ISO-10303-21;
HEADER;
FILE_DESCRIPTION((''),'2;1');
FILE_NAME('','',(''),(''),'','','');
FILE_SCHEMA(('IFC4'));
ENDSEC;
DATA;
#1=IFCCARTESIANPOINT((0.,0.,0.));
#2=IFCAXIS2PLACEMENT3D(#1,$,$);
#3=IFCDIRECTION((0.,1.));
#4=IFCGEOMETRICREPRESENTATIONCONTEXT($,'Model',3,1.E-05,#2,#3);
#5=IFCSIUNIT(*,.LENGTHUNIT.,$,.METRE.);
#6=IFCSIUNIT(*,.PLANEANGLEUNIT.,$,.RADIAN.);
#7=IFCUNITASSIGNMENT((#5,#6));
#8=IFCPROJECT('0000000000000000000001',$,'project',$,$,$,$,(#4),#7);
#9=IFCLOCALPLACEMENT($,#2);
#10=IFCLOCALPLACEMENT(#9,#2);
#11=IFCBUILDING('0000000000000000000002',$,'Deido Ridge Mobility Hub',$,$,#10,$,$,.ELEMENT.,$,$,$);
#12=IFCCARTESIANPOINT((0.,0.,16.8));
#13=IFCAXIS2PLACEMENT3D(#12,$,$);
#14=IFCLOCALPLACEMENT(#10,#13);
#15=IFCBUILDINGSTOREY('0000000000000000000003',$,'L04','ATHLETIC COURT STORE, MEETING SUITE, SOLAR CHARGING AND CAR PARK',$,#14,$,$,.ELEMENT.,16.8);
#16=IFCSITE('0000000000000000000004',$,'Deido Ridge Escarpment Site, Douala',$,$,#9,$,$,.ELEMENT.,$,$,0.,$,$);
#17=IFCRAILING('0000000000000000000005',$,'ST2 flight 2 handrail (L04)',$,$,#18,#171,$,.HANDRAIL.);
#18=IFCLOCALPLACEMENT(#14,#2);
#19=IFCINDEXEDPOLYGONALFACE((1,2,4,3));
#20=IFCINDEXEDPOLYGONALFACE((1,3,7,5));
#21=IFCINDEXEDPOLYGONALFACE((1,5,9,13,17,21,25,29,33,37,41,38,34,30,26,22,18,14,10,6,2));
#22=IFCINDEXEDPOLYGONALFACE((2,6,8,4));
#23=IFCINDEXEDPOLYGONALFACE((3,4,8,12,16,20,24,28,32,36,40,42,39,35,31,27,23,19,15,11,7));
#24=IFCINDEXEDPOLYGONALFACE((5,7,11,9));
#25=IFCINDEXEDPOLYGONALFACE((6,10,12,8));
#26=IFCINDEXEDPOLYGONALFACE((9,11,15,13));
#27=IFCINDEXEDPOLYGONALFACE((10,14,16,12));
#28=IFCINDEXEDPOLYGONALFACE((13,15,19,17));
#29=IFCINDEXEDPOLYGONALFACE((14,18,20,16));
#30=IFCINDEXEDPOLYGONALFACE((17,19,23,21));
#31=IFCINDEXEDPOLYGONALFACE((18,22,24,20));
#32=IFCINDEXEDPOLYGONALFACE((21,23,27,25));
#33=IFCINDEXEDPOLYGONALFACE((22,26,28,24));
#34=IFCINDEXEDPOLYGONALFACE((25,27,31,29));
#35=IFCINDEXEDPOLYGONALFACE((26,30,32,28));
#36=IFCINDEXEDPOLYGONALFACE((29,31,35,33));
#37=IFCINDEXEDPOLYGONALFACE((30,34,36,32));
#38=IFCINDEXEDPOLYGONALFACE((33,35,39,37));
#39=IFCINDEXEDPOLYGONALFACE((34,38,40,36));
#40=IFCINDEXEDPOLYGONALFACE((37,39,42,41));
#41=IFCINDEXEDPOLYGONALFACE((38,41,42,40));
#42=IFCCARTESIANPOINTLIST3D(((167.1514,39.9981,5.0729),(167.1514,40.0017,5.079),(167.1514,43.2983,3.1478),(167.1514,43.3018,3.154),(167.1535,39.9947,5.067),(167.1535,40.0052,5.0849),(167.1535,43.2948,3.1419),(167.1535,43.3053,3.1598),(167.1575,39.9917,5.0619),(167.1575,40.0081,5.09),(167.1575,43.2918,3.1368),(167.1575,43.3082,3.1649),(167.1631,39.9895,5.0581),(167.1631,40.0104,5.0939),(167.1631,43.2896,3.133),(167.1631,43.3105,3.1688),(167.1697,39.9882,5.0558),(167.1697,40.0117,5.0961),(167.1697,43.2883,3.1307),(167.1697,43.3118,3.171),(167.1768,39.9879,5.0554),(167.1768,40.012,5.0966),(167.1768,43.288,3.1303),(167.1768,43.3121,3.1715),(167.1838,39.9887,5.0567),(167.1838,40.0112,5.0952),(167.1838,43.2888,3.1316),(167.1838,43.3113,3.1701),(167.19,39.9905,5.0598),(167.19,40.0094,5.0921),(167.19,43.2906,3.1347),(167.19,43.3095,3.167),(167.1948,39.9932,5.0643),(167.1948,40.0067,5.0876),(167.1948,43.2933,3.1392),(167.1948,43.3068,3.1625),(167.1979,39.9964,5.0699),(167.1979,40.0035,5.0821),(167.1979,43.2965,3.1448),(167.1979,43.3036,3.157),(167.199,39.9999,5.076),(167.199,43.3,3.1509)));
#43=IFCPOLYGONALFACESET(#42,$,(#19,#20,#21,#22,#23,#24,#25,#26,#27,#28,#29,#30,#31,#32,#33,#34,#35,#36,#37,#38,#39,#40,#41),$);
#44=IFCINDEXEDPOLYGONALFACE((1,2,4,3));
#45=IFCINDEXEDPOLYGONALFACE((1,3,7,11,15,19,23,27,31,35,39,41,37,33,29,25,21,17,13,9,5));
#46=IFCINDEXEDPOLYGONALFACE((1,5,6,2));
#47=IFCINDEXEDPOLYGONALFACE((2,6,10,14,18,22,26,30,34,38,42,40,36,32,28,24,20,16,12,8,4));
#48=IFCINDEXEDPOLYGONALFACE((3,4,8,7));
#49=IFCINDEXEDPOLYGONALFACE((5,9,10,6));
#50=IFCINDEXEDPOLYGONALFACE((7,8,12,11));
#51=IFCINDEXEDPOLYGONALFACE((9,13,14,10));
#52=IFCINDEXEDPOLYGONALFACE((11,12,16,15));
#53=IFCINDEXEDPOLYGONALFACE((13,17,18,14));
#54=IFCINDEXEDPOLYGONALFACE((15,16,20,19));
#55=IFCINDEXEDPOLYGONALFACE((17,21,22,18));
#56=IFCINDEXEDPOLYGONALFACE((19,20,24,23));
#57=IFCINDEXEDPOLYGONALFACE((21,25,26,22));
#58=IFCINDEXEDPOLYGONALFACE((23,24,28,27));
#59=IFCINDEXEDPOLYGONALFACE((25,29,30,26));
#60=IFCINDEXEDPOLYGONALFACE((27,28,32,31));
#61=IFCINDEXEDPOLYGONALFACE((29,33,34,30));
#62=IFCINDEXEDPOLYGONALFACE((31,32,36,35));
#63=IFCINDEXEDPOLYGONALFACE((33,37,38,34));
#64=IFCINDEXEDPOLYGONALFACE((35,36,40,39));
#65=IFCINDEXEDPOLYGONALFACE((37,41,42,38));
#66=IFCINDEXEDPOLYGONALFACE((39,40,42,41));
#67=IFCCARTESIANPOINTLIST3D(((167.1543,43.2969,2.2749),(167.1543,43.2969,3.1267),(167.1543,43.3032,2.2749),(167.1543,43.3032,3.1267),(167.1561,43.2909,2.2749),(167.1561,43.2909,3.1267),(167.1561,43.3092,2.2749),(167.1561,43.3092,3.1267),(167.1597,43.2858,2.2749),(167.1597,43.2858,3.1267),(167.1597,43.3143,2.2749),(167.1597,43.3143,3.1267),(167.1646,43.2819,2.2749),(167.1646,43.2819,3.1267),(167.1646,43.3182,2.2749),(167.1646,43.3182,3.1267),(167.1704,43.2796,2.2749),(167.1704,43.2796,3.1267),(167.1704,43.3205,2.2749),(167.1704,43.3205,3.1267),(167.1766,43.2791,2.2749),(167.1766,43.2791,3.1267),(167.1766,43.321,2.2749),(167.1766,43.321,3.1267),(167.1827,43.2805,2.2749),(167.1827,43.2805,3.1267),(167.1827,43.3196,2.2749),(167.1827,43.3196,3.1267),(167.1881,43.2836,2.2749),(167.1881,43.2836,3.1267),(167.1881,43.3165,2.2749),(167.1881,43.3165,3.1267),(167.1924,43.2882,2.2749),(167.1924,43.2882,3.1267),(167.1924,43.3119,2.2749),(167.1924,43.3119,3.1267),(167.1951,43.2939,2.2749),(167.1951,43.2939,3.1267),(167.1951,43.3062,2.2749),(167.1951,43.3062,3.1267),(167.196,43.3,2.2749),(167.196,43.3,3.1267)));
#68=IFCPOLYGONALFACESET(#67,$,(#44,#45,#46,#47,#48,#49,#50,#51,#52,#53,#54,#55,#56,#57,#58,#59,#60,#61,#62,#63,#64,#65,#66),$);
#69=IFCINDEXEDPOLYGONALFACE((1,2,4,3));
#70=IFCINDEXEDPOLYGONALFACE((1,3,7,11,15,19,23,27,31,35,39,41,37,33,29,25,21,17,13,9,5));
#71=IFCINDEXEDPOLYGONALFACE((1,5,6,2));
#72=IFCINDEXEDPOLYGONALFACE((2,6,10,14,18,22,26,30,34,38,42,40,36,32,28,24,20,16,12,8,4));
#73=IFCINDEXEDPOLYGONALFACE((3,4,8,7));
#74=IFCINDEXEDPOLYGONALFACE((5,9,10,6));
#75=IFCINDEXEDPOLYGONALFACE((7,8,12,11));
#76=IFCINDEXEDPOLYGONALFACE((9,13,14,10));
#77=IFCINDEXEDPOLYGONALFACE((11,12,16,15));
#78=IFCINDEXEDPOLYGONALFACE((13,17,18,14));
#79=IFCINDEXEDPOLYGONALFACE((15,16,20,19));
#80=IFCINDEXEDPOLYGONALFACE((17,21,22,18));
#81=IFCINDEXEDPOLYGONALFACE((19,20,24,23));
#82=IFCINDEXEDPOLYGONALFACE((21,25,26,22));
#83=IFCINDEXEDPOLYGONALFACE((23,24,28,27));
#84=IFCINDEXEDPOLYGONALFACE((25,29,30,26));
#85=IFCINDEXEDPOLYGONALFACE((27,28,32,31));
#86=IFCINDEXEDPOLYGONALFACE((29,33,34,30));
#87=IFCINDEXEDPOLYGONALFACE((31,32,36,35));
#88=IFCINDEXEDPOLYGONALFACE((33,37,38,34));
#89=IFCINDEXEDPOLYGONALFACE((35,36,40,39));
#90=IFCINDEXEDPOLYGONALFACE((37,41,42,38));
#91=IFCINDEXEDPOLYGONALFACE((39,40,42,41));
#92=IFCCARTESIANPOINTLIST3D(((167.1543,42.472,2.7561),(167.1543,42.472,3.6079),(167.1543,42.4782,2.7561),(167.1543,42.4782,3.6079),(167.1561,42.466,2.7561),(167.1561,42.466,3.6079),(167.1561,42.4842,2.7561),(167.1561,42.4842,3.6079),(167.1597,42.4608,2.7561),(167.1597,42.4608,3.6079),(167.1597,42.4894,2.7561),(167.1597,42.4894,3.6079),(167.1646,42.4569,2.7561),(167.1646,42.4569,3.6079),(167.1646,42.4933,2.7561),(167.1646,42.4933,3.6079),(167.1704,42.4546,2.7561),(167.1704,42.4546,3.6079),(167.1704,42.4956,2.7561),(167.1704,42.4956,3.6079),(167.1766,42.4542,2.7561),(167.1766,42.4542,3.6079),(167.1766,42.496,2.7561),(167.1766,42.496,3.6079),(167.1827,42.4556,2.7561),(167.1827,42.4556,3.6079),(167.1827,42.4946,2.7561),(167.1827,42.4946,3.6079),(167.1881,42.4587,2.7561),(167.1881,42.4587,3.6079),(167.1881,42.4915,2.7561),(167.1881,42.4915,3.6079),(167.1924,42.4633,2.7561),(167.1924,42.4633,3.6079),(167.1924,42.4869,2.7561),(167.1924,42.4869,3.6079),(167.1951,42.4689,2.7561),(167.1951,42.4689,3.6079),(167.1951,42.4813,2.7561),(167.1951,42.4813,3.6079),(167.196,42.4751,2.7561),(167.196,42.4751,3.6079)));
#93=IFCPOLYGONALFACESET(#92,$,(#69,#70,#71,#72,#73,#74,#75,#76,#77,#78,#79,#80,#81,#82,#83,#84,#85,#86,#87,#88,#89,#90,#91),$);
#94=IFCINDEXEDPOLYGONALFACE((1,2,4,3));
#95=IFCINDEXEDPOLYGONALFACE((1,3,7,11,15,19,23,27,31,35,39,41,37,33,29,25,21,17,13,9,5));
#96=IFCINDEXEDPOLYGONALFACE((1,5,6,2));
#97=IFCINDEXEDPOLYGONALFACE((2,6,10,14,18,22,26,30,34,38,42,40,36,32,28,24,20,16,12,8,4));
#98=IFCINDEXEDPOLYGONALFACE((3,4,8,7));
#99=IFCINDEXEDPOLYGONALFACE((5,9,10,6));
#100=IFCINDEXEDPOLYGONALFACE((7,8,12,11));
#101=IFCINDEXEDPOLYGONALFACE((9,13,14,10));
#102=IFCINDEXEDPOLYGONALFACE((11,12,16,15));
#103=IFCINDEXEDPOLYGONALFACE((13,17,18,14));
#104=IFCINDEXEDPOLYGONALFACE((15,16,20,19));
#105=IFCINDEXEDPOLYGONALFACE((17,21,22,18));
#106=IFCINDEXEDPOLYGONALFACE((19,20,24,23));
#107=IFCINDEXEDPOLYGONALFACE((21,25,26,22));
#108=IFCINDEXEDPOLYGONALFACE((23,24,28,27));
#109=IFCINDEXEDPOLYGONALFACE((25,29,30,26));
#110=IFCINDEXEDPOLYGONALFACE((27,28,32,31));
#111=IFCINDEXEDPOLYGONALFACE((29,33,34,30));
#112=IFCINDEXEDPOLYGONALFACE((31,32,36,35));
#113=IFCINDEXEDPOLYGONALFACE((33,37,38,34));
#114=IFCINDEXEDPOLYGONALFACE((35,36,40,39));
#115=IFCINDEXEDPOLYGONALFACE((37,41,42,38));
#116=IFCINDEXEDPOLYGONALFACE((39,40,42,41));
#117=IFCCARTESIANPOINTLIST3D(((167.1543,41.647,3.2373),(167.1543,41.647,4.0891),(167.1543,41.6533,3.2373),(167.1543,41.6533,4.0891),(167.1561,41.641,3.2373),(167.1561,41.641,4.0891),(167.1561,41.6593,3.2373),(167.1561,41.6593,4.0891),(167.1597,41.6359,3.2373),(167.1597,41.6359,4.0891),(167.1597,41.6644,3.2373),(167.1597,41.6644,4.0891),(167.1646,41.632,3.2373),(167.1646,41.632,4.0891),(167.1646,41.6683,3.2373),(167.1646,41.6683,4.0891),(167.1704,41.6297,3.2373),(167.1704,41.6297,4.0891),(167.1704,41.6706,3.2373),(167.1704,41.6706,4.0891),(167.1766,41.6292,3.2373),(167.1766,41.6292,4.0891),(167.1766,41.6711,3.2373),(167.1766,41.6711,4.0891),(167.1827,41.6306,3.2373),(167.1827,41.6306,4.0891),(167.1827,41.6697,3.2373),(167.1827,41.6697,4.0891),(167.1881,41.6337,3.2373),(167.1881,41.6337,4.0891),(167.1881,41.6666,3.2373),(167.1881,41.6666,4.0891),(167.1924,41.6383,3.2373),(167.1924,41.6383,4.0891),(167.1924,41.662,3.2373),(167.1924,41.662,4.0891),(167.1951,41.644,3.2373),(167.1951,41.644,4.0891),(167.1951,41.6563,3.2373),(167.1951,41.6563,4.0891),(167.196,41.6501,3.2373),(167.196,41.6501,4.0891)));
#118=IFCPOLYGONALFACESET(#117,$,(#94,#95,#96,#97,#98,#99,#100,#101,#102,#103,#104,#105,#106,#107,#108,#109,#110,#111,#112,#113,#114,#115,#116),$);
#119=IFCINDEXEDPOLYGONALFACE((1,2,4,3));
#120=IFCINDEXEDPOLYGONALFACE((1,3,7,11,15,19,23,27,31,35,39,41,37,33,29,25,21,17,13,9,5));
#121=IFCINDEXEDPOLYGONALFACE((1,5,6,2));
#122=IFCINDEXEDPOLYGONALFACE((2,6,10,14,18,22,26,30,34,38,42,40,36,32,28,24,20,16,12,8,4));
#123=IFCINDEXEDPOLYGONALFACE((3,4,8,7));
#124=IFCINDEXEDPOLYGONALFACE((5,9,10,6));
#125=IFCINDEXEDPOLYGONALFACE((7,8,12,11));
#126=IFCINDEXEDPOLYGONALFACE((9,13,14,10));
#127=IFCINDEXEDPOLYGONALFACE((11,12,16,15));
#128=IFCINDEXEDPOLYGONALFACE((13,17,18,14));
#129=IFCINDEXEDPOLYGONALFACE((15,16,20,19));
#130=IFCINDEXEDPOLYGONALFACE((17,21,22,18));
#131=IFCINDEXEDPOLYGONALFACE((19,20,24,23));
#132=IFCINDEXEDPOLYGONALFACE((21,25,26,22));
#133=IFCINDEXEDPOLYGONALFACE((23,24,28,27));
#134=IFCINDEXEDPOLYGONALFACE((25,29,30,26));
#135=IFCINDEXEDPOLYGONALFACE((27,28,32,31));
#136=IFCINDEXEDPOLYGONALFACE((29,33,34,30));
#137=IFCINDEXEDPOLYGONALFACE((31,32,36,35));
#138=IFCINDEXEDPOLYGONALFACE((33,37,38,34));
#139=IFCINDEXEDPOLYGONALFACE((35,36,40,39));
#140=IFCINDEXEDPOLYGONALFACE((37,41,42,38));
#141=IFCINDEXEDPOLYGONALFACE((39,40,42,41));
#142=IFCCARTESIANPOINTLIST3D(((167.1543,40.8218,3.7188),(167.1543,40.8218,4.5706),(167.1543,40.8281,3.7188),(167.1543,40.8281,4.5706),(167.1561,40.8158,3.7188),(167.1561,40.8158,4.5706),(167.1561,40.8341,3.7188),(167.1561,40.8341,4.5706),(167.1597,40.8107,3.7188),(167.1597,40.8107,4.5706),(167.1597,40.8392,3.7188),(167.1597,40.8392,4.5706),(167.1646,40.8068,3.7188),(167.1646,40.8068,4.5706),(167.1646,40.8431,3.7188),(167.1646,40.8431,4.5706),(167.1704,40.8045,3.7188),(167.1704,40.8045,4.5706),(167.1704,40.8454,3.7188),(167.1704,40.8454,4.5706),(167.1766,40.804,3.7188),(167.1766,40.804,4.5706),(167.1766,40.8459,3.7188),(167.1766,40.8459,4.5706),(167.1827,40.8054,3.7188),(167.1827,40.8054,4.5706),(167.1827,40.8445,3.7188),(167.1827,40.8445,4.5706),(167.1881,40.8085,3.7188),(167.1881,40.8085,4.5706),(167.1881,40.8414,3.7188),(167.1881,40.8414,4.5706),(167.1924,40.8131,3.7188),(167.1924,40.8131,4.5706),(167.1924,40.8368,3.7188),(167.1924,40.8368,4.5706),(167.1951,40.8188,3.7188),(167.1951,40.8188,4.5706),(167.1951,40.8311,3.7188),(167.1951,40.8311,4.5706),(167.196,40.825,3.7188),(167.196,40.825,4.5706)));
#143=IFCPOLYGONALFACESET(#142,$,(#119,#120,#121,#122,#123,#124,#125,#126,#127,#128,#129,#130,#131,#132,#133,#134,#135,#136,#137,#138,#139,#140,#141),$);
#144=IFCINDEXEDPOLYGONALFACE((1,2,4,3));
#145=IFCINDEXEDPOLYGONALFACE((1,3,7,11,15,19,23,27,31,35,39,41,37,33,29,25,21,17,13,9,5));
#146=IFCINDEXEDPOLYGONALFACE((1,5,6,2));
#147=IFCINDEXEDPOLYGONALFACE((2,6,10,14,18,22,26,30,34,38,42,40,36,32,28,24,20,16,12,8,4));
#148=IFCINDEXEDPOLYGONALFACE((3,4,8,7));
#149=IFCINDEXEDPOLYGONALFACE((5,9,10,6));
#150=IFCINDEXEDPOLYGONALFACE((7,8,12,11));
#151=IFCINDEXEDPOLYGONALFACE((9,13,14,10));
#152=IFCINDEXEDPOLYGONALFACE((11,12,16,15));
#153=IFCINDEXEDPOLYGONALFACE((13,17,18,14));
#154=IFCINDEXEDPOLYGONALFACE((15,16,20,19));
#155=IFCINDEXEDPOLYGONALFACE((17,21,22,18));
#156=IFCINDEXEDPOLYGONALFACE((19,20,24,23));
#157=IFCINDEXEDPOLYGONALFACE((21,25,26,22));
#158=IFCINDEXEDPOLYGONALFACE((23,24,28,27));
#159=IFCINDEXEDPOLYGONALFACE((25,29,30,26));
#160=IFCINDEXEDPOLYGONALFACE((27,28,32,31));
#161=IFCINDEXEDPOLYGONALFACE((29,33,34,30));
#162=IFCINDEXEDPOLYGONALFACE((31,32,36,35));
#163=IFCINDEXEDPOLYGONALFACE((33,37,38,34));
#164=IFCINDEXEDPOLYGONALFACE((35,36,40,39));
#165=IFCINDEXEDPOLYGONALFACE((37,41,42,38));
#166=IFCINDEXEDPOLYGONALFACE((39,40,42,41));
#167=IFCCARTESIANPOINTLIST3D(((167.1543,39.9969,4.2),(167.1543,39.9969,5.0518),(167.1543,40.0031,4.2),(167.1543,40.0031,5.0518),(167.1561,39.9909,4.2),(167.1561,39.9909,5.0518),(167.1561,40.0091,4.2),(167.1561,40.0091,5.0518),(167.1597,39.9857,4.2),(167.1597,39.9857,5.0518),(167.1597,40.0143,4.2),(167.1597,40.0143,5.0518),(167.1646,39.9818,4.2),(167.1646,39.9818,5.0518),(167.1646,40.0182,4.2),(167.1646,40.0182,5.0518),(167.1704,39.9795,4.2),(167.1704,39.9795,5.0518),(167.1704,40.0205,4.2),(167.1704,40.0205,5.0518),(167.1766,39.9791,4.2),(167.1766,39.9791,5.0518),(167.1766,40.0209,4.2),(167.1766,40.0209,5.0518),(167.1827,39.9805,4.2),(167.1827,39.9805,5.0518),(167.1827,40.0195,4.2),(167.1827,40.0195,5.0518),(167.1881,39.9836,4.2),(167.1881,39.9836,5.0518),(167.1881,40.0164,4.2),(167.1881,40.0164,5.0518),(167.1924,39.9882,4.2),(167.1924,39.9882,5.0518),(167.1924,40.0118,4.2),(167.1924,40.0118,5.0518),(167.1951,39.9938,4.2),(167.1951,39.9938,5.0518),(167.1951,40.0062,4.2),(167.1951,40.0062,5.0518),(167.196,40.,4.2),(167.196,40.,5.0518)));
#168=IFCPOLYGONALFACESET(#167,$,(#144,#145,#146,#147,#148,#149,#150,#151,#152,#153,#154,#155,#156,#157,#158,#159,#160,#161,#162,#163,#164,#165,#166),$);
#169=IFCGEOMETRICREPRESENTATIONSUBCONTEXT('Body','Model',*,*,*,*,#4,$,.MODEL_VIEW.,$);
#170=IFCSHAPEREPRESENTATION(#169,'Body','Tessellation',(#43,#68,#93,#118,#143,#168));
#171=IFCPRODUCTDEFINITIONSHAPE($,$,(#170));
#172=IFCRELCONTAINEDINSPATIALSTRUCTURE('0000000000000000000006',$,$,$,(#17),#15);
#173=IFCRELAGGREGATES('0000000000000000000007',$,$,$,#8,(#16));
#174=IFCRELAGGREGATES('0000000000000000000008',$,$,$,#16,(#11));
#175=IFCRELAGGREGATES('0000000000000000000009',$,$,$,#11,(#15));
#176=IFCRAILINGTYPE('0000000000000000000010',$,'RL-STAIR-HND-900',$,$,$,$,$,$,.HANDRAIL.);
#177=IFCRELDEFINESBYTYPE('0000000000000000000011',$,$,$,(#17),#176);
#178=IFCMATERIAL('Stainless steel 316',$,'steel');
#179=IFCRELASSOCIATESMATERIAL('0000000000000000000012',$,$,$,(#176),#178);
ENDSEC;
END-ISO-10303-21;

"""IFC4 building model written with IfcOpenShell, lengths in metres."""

from ifc_helpers import new_model, si_unit, direction, frame, origin, origin_2d, place, context, subcontext, project, spatial, circle, extrude, material, type_object, element, save


model = new_model("IFC4")

# Units and contexts
model_context = context("Model", 3, precision=1e-05, world=origin(), true_north=direction((0.0, 1.0)))
body_context = subcontext(model_context, "Body", "Model", "MODEL_VIEW")
ifc_project = project(units=[si_unit("LENGTHUNIT", "METRE"), si_unit("PLANEANGLEUNIT", "RADIAN")], contexts=[model_context])

# Site, building, storey
site_placement = place(None, origin())
site = spatial("IfcSite", under=ifc_project, at=site_placement, Name="Deido Ridge Escarpment Site, Douala", CompositionType="ELEMENT", RefElevation=0.0)
building_placement = place(site_placement, origin())
building = spatial("IfcBuilding", under=site, at=building_placement, Name="Deido Ridge Mobility Hub", CompositionType="ELEMENT")
storey_placement = place(building_placement, frame((0.0, 0.0, 16.8)))
storey = spatial("IfcBuildingStorey", under=building, at=storey_placement, Name="L04", Description="ATHLETIC COURT STORE, MEETING SUITE, SOLAR CHARGING AND CAR PARK", CompositionType="ELEMENT", Elevation=16.8)

# Shared definitions
ifc_material_1 = material(Name="Stainless steel 316", Category="steel")

# Railing
railing_type_1 = type_object("IfcRailingType", Name="RL-STAIR-HND-900", PredefinedType="HANDRAIL", material=ifc_material_1)
railing_1_placement = place(storey_placement, frame((167.175, 43.3, 2.2749)))
element("IfcRailing", 1, at=railing_1_placement, inside=storey, type_object=railing_type_1, Name="ST2 flight 2 handrail (L04)", PredefinedType="HANDRAIL", context=body_context, shape_type="SweptSolid", body=[
    extrude(circle(Radius=0.0239, at=origin_2d()), frame((0.0, 0.0, 0.876), z_axis=(0.0, -0.863777, 0.503875), x_axis=(1.0, 0.0, 0.0)), (0.0, 0.0, 1.0), 3.8206),
    extrude(circle(Radius=0.021, at=origin_2d()), origin(), (0.0, 0.0, 1.0), 0.8518),
    extrude(circle(Radius=0.021, at=origin_2d()), frame((0.0, -0.825, 0.4812)), (0.0, 0.0, 1.0), 0.8518),
    extrude(circle(Radius=0.021, at=origin_2d()), frame((0.0, -1.6499, 0.9624)), (0.0, 0.0, 1.0), 0.8518),
    extrude(circle(Radius=0.021, at=origin_2d()), frame((0.0, -2.4751, 1.4438)), (0.0, 0.0, 1.0), 0.8518),
    extrude(circle(Radius=0.021, at=origin_2d()), frame((0.0, -3.3, 1.925)), (0.0, 0.0, 1.0), 0.8518),
])

save(model, "model.ifc")
